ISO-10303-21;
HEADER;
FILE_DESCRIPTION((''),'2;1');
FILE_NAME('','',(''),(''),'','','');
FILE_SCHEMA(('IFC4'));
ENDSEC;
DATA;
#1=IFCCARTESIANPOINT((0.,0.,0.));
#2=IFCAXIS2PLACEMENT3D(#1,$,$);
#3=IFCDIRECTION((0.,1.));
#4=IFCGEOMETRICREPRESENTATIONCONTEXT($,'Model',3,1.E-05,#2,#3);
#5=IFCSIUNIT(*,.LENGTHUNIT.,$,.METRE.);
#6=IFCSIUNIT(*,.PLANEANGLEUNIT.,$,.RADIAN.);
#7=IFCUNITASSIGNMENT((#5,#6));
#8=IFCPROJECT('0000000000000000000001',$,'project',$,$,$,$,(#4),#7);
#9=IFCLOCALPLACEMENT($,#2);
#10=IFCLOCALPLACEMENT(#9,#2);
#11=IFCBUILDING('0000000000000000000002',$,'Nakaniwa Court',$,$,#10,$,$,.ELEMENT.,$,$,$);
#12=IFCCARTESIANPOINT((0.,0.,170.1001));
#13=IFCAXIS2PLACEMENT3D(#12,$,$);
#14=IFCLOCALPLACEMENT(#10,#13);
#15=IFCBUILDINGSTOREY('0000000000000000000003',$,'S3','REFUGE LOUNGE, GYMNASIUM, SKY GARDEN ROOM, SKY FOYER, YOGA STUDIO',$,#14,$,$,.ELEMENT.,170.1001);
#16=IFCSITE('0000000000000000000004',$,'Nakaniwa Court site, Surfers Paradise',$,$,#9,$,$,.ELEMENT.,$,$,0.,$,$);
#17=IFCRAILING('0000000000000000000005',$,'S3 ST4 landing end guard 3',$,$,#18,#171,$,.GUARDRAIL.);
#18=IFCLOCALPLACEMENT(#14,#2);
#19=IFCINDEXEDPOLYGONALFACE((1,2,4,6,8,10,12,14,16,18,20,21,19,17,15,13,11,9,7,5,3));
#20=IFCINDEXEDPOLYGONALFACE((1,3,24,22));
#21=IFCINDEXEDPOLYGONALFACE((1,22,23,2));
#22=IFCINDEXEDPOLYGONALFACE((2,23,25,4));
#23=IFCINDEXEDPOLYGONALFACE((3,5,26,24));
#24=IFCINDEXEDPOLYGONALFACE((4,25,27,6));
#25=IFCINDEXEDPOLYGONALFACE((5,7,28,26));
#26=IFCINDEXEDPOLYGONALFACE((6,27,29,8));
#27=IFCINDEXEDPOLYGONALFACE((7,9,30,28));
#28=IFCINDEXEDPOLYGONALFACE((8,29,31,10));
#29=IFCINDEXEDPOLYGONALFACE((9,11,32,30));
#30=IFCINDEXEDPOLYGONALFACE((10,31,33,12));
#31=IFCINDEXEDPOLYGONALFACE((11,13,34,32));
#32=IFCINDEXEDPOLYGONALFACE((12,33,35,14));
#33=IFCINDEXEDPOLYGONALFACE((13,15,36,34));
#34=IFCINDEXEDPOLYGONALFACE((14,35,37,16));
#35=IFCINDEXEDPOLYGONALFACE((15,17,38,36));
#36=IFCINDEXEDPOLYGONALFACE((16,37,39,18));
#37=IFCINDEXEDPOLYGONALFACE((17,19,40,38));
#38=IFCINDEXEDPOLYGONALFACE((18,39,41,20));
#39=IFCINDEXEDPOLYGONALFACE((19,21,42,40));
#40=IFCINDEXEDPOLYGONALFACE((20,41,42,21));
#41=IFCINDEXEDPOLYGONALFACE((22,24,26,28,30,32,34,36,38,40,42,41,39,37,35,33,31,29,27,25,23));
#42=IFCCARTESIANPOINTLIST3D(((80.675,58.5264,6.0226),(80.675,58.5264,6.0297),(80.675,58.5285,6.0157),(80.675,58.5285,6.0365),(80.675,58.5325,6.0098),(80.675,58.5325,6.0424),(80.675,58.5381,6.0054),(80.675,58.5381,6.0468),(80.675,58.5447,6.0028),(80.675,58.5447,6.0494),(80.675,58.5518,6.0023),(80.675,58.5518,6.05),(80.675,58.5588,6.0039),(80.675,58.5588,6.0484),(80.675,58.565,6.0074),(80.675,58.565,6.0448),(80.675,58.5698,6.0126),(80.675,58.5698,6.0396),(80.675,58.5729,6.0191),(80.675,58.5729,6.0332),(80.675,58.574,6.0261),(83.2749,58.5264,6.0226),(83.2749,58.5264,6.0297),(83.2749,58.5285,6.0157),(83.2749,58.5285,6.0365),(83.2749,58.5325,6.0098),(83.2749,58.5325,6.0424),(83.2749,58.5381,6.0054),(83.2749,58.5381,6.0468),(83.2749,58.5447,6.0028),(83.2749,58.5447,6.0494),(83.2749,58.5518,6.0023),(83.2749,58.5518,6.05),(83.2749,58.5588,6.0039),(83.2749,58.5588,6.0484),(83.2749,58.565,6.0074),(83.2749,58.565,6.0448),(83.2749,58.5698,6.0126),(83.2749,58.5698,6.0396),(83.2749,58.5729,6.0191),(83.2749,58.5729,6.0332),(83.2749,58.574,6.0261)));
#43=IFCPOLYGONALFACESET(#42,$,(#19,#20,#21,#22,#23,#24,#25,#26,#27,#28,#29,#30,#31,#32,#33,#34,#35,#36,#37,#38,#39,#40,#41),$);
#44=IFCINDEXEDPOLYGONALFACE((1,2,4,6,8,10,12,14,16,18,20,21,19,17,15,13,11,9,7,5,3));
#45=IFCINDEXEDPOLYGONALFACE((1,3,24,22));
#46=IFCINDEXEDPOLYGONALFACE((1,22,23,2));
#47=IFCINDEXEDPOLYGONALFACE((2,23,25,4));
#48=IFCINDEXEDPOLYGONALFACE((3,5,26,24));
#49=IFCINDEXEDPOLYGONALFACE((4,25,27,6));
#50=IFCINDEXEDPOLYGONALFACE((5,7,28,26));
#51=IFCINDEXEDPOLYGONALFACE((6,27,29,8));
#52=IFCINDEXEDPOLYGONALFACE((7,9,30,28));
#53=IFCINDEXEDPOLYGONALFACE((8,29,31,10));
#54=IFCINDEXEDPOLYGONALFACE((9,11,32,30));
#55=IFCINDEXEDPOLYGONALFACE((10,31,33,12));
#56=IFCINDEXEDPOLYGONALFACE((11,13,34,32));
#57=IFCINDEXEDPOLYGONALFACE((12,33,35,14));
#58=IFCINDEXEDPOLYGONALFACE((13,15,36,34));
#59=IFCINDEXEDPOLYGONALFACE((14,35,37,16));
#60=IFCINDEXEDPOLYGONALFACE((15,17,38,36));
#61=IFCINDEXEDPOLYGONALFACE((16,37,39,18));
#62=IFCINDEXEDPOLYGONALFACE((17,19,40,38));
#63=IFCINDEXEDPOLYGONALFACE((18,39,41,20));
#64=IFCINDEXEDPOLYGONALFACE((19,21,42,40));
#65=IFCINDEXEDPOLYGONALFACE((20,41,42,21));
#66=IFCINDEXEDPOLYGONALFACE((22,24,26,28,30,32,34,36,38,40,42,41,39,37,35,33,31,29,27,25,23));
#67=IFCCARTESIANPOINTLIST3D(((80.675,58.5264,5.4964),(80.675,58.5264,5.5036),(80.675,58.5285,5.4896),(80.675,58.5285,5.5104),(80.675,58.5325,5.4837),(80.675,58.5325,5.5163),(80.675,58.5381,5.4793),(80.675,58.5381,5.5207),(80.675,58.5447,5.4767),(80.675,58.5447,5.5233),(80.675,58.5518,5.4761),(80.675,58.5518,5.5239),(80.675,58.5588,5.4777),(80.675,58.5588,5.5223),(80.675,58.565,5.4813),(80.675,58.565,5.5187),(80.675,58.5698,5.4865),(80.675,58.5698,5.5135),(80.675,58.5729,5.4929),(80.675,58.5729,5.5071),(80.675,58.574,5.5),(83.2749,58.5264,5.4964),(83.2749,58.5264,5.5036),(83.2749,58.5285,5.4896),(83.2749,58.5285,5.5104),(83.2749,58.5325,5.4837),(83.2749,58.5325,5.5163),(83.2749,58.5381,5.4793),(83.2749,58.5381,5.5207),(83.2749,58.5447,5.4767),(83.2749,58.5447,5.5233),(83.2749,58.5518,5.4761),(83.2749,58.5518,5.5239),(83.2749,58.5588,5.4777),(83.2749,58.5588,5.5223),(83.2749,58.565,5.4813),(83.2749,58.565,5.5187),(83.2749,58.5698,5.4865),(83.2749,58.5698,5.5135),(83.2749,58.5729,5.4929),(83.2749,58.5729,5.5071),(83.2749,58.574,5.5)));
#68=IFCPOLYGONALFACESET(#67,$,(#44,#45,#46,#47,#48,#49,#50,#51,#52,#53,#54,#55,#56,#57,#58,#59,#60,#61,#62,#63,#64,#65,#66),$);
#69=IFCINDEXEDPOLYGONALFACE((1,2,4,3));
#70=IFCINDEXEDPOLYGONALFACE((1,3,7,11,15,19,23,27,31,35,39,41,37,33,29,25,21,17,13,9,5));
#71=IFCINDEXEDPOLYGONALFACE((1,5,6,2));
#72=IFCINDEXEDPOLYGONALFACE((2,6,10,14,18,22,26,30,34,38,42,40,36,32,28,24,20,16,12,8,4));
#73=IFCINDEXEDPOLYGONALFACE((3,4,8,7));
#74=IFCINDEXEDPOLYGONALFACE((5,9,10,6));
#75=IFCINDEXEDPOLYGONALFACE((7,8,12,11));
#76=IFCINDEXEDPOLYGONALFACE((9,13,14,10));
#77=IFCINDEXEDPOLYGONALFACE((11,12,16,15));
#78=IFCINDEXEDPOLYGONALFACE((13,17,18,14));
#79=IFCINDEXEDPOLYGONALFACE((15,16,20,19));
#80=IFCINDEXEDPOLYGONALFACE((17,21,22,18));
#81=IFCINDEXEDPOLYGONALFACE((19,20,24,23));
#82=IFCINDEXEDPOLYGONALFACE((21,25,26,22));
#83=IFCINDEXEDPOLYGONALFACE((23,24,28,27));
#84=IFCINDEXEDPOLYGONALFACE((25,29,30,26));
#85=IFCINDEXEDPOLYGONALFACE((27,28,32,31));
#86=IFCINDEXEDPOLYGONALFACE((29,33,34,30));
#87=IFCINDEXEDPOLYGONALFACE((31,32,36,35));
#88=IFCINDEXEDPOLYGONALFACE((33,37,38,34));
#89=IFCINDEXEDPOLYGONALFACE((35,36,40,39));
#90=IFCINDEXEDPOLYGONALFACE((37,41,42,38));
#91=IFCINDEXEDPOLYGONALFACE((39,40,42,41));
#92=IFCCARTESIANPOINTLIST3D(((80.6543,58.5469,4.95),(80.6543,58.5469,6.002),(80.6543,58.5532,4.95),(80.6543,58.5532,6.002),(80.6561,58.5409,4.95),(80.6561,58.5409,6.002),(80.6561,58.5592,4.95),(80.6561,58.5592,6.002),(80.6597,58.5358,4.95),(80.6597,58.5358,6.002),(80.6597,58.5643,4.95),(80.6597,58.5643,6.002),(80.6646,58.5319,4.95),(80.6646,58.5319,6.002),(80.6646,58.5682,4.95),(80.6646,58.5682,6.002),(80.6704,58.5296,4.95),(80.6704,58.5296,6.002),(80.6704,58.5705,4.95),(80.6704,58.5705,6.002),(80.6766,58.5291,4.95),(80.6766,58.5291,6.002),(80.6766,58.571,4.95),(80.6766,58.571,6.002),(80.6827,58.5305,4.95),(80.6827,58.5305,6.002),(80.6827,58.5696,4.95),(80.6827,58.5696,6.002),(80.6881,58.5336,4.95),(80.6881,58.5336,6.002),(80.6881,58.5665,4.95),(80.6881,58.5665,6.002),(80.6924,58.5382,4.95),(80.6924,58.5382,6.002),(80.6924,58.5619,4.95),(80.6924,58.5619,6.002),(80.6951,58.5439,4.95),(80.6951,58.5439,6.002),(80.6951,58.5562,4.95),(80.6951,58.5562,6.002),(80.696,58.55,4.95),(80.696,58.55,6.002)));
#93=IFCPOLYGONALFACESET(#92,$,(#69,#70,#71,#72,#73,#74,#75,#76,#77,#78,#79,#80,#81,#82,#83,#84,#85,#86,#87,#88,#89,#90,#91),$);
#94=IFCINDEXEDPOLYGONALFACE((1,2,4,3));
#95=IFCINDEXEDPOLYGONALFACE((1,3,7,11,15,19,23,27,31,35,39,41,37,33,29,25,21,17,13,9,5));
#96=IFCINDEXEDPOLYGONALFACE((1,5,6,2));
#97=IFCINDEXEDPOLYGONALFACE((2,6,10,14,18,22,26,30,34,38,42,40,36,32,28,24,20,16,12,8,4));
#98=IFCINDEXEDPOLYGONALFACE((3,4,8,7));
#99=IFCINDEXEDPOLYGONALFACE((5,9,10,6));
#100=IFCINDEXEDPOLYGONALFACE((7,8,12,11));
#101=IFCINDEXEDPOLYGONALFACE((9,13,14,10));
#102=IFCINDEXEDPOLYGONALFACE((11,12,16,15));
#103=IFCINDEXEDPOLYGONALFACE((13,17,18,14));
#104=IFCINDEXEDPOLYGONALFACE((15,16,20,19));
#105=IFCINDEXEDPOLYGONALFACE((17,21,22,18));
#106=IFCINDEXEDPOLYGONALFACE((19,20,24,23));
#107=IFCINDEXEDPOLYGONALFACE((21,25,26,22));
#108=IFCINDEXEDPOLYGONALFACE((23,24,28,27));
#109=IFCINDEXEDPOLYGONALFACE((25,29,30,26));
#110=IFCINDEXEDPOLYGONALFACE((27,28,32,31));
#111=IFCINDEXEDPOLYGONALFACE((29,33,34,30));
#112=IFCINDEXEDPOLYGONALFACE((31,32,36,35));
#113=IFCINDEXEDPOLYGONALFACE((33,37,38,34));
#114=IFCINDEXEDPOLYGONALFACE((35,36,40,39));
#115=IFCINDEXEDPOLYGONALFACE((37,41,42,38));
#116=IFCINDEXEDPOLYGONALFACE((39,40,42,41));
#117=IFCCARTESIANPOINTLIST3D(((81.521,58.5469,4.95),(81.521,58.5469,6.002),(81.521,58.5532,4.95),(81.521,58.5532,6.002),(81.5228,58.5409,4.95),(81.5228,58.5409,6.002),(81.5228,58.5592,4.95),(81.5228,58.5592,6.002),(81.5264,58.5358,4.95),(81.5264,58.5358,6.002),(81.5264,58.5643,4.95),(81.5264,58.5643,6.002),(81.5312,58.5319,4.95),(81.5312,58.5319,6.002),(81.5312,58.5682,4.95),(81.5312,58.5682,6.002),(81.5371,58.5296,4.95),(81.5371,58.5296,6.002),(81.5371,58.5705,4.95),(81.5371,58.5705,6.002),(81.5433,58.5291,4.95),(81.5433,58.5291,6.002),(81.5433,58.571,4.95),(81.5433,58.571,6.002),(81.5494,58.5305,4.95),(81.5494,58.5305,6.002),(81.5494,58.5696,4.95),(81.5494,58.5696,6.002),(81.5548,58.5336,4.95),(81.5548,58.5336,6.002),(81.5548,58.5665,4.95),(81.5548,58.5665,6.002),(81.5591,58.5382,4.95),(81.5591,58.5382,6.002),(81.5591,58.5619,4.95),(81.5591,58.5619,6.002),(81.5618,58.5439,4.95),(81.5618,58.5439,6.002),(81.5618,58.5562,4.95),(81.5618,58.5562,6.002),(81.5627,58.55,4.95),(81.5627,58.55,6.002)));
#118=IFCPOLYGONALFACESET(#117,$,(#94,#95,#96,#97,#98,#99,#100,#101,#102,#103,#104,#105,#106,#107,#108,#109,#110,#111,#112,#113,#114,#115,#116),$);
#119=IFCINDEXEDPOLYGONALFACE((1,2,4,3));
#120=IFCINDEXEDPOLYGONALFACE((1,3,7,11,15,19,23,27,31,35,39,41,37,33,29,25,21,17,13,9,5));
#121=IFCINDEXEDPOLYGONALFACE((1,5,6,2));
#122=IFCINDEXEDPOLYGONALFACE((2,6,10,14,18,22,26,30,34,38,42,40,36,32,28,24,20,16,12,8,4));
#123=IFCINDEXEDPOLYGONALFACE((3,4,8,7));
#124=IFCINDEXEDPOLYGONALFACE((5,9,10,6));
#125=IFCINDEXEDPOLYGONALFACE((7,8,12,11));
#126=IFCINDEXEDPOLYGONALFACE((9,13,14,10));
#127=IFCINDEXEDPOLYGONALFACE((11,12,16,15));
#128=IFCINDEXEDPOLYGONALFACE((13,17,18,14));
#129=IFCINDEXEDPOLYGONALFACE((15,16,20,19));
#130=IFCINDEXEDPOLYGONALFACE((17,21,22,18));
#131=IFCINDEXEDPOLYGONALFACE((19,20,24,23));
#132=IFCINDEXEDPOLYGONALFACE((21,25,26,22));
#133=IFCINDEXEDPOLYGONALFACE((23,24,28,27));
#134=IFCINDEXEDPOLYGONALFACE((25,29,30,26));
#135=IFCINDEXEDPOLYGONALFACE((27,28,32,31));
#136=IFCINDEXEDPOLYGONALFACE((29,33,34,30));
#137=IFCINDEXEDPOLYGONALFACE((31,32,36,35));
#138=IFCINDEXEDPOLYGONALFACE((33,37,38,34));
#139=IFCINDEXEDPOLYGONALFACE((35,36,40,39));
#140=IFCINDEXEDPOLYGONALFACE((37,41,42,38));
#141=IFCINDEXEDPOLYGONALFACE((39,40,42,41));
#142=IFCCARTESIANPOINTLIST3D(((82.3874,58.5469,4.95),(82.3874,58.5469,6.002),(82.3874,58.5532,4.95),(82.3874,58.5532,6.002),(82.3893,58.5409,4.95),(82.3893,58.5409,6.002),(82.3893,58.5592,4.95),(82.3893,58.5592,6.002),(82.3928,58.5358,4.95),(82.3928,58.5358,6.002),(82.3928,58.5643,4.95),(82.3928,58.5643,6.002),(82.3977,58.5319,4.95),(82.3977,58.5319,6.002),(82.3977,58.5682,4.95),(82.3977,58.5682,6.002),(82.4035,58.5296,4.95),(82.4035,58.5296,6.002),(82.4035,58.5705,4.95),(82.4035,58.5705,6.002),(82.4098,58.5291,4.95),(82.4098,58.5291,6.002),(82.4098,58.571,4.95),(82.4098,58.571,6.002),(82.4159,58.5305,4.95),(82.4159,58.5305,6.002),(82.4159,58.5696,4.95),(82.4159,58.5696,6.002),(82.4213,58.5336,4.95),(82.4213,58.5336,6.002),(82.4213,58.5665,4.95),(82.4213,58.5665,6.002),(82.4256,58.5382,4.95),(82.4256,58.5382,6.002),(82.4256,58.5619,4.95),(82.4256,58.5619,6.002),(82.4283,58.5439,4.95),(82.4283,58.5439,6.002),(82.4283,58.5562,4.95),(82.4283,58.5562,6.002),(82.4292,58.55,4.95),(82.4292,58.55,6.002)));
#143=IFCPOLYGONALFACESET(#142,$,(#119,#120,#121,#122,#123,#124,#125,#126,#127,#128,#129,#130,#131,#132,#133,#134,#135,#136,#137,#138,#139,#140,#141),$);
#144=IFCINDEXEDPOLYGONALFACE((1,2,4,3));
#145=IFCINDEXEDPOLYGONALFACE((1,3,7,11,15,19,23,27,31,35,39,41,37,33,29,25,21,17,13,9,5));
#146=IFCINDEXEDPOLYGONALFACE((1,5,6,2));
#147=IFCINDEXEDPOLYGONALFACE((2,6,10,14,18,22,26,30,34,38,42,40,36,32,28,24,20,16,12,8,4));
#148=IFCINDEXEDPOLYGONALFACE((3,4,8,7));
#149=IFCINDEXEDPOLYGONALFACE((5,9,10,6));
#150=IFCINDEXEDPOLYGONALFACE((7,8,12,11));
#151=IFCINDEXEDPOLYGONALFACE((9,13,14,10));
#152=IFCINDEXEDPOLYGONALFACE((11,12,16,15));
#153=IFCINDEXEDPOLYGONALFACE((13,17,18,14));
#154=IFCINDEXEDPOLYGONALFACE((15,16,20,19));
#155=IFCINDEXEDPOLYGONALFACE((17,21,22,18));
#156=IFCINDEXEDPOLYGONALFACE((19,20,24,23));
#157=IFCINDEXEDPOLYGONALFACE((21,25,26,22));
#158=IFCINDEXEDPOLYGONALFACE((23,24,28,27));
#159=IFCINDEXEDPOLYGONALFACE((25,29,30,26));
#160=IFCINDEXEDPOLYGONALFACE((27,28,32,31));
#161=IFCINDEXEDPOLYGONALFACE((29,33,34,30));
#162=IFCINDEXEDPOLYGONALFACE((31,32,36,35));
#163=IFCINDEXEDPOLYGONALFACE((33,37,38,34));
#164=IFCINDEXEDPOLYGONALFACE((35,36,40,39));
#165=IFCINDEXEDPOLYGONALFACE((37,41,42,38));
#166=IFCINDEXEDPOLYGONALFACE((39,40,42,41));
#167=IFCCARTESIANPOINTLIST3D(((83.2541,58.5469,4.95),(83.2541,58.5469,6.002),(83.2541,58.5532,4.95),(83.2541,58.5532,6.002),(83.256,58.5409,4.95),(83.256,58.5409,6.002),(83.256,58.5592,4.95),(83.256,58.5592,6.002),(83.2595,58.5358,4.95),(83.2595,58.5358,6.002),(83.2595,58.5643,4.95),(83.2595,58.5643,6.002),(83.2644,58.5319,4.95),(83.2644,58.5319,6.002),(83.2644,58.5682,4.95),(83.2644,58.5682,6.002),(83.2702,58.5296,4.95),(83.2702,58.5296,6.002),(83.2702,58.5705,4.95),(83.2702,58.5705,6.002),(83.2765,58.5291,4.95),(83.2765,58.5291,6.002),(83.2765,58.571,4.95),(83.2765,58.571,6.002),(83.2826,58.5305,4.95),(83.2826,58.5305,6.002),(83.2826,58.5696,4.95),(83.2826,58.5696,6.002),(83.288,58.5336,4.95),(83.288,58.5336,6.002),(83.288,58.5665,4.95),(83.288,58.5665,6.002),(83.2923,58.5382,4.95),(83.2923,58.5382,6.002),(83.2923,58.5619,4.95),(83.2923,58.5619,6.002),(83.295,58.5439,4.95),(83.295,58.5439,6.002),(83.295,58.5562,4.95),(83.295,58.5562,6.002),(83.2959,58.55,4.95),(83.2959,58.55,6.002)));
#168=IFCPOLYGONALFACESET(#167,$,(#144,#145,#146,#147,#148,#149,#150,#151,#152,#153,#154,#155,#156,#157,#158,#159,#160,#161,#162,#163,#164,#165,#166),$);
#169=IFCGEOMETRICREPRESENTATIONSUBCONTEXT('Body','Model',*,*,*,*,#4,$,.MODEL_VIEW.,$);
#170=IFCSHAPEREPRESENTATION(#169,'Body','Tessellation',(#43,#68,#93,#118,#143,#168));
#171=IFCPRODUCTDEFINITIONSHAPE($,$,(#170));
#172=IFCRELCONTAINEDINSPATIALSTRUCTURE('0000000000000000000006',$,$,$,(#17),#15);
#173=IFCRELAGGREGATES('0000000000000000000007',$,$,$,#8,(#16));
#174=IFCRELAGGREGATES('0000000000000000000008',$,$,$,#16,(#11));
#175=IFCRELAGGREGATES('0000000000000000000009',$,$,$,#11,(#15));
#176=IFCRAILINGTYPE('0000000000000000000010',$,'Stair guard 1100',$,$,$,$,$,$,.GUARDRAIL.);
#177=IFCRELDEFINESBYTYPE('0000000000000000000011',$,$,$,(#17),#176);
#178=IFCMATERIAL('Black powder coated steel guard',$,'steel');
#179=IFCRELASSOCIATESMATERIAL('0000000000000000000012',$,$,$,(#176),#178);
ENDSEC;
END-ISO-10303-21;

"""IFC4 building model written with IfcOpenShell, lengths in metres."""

from ifc_helpers import new_model, si_unit, direction, frame, origin, origin_2d, place, context, subcontext, project, spatial, circle, extrude, material, type_object, element, save


model = new_model("IFC4")

# Units and contexts
model_context = context("Model", 3, precision=1e-05, world=origin(), true_north=direction((0.0, 1.0)))
body_context = subcontext(model_context, "Body", "Model", "MODEL_VIEW")
ifc_project = project(units=[si_unit("LENGTHUNIT", "METRE"), si_unit("PLANEANGLEUNIT", "RADIAN")], contexts=[model_context])

# Site, building, storey
site_placement = place(None, origin())
site = spatial("IfcSite", under=ifc_project, at=site_placement, Name="Nakaniwa Court site, Surfers Paradise", CompositionType="ELEMENT", RefElevation=0.0)
building_placement = place(site_placement, origin())
building = spatial("IfcBuilding", under=site, at=building_placement, Name="Nakaniwa Court", CompositionType="ELEMENT")
storey_placement = place(building_placement, frame((0.0, 0.0, 170.1001)))
storey = spatial("IfcBuildingStorey", under=building, at=storey_placement, Name="S3", Description="REFUGE LOUNGE, GYMNASIUM, SKY GARDEN ROOM, SKY FOYER, YOGA STUDIO", CompositionType="ELEMENT", Elevation=170.1001)

# Railing
ifc_material_1 = material(Name="Black powder coated steel guard", Category="steel")
railing_type_1 = type_object("IfcRailingType", Name="Stair guard 1100", PredefinedType="GUARDRAIL", material=ifc_material_1)
railing_1_placement = place(storey_placement, frame((80.675, 58.55, 4.95)))
element("IfcRailing", 1, at=railing_1_placement, inside=storey, type_object=railing_type_1, Name="S3 ST4 landing end guard 3", PredefinedType="GUARDRAIL", context=body_context, shape_type="SweptSolid", body=[
    extrude(circle(Radius=0.0239, at=origin_2d()), frame((0.0, 0.0, 1.0762), z_axis=(1.0, 0.0, 0.0), x_axis=(0.0, 1.0, 0.0)), (0.0, 0.0, 1.0), 2.5999),
    extrude(circle(Radius=0.0239, at=origin_2d()), frame((0.0, 0.0, 0.55), z_axis=(1.0, 0.0, 0.0), x_axis=(0.0, 1.0, 0.0)), (0.0, 0.0, 1.0), 2.5999),
    extrude(circle(Radius=0.021, at=origin_2d()), origin(), (0.0, 0.0, 1.0), 1.052),
    extrude(circle(Radius=0.021, at=origin_2d()), frame((0.8667, 0.0, 0.0)), (0.0, 0.0, 1.0), 1.052),
    extrude(circle(Radius=0.021, at=origin_2d()), frame((1.7332, 0.0, 0.0)), (0.0, 0.0, 1.0), 1.052),
    extrude(circle(Radius=0.021, at=origin_2d()), frame((2.5999, 0.0, 0.0)), (0.0, 0.0, 1.0), 1.052),
])

save(model, "model.ifc")
